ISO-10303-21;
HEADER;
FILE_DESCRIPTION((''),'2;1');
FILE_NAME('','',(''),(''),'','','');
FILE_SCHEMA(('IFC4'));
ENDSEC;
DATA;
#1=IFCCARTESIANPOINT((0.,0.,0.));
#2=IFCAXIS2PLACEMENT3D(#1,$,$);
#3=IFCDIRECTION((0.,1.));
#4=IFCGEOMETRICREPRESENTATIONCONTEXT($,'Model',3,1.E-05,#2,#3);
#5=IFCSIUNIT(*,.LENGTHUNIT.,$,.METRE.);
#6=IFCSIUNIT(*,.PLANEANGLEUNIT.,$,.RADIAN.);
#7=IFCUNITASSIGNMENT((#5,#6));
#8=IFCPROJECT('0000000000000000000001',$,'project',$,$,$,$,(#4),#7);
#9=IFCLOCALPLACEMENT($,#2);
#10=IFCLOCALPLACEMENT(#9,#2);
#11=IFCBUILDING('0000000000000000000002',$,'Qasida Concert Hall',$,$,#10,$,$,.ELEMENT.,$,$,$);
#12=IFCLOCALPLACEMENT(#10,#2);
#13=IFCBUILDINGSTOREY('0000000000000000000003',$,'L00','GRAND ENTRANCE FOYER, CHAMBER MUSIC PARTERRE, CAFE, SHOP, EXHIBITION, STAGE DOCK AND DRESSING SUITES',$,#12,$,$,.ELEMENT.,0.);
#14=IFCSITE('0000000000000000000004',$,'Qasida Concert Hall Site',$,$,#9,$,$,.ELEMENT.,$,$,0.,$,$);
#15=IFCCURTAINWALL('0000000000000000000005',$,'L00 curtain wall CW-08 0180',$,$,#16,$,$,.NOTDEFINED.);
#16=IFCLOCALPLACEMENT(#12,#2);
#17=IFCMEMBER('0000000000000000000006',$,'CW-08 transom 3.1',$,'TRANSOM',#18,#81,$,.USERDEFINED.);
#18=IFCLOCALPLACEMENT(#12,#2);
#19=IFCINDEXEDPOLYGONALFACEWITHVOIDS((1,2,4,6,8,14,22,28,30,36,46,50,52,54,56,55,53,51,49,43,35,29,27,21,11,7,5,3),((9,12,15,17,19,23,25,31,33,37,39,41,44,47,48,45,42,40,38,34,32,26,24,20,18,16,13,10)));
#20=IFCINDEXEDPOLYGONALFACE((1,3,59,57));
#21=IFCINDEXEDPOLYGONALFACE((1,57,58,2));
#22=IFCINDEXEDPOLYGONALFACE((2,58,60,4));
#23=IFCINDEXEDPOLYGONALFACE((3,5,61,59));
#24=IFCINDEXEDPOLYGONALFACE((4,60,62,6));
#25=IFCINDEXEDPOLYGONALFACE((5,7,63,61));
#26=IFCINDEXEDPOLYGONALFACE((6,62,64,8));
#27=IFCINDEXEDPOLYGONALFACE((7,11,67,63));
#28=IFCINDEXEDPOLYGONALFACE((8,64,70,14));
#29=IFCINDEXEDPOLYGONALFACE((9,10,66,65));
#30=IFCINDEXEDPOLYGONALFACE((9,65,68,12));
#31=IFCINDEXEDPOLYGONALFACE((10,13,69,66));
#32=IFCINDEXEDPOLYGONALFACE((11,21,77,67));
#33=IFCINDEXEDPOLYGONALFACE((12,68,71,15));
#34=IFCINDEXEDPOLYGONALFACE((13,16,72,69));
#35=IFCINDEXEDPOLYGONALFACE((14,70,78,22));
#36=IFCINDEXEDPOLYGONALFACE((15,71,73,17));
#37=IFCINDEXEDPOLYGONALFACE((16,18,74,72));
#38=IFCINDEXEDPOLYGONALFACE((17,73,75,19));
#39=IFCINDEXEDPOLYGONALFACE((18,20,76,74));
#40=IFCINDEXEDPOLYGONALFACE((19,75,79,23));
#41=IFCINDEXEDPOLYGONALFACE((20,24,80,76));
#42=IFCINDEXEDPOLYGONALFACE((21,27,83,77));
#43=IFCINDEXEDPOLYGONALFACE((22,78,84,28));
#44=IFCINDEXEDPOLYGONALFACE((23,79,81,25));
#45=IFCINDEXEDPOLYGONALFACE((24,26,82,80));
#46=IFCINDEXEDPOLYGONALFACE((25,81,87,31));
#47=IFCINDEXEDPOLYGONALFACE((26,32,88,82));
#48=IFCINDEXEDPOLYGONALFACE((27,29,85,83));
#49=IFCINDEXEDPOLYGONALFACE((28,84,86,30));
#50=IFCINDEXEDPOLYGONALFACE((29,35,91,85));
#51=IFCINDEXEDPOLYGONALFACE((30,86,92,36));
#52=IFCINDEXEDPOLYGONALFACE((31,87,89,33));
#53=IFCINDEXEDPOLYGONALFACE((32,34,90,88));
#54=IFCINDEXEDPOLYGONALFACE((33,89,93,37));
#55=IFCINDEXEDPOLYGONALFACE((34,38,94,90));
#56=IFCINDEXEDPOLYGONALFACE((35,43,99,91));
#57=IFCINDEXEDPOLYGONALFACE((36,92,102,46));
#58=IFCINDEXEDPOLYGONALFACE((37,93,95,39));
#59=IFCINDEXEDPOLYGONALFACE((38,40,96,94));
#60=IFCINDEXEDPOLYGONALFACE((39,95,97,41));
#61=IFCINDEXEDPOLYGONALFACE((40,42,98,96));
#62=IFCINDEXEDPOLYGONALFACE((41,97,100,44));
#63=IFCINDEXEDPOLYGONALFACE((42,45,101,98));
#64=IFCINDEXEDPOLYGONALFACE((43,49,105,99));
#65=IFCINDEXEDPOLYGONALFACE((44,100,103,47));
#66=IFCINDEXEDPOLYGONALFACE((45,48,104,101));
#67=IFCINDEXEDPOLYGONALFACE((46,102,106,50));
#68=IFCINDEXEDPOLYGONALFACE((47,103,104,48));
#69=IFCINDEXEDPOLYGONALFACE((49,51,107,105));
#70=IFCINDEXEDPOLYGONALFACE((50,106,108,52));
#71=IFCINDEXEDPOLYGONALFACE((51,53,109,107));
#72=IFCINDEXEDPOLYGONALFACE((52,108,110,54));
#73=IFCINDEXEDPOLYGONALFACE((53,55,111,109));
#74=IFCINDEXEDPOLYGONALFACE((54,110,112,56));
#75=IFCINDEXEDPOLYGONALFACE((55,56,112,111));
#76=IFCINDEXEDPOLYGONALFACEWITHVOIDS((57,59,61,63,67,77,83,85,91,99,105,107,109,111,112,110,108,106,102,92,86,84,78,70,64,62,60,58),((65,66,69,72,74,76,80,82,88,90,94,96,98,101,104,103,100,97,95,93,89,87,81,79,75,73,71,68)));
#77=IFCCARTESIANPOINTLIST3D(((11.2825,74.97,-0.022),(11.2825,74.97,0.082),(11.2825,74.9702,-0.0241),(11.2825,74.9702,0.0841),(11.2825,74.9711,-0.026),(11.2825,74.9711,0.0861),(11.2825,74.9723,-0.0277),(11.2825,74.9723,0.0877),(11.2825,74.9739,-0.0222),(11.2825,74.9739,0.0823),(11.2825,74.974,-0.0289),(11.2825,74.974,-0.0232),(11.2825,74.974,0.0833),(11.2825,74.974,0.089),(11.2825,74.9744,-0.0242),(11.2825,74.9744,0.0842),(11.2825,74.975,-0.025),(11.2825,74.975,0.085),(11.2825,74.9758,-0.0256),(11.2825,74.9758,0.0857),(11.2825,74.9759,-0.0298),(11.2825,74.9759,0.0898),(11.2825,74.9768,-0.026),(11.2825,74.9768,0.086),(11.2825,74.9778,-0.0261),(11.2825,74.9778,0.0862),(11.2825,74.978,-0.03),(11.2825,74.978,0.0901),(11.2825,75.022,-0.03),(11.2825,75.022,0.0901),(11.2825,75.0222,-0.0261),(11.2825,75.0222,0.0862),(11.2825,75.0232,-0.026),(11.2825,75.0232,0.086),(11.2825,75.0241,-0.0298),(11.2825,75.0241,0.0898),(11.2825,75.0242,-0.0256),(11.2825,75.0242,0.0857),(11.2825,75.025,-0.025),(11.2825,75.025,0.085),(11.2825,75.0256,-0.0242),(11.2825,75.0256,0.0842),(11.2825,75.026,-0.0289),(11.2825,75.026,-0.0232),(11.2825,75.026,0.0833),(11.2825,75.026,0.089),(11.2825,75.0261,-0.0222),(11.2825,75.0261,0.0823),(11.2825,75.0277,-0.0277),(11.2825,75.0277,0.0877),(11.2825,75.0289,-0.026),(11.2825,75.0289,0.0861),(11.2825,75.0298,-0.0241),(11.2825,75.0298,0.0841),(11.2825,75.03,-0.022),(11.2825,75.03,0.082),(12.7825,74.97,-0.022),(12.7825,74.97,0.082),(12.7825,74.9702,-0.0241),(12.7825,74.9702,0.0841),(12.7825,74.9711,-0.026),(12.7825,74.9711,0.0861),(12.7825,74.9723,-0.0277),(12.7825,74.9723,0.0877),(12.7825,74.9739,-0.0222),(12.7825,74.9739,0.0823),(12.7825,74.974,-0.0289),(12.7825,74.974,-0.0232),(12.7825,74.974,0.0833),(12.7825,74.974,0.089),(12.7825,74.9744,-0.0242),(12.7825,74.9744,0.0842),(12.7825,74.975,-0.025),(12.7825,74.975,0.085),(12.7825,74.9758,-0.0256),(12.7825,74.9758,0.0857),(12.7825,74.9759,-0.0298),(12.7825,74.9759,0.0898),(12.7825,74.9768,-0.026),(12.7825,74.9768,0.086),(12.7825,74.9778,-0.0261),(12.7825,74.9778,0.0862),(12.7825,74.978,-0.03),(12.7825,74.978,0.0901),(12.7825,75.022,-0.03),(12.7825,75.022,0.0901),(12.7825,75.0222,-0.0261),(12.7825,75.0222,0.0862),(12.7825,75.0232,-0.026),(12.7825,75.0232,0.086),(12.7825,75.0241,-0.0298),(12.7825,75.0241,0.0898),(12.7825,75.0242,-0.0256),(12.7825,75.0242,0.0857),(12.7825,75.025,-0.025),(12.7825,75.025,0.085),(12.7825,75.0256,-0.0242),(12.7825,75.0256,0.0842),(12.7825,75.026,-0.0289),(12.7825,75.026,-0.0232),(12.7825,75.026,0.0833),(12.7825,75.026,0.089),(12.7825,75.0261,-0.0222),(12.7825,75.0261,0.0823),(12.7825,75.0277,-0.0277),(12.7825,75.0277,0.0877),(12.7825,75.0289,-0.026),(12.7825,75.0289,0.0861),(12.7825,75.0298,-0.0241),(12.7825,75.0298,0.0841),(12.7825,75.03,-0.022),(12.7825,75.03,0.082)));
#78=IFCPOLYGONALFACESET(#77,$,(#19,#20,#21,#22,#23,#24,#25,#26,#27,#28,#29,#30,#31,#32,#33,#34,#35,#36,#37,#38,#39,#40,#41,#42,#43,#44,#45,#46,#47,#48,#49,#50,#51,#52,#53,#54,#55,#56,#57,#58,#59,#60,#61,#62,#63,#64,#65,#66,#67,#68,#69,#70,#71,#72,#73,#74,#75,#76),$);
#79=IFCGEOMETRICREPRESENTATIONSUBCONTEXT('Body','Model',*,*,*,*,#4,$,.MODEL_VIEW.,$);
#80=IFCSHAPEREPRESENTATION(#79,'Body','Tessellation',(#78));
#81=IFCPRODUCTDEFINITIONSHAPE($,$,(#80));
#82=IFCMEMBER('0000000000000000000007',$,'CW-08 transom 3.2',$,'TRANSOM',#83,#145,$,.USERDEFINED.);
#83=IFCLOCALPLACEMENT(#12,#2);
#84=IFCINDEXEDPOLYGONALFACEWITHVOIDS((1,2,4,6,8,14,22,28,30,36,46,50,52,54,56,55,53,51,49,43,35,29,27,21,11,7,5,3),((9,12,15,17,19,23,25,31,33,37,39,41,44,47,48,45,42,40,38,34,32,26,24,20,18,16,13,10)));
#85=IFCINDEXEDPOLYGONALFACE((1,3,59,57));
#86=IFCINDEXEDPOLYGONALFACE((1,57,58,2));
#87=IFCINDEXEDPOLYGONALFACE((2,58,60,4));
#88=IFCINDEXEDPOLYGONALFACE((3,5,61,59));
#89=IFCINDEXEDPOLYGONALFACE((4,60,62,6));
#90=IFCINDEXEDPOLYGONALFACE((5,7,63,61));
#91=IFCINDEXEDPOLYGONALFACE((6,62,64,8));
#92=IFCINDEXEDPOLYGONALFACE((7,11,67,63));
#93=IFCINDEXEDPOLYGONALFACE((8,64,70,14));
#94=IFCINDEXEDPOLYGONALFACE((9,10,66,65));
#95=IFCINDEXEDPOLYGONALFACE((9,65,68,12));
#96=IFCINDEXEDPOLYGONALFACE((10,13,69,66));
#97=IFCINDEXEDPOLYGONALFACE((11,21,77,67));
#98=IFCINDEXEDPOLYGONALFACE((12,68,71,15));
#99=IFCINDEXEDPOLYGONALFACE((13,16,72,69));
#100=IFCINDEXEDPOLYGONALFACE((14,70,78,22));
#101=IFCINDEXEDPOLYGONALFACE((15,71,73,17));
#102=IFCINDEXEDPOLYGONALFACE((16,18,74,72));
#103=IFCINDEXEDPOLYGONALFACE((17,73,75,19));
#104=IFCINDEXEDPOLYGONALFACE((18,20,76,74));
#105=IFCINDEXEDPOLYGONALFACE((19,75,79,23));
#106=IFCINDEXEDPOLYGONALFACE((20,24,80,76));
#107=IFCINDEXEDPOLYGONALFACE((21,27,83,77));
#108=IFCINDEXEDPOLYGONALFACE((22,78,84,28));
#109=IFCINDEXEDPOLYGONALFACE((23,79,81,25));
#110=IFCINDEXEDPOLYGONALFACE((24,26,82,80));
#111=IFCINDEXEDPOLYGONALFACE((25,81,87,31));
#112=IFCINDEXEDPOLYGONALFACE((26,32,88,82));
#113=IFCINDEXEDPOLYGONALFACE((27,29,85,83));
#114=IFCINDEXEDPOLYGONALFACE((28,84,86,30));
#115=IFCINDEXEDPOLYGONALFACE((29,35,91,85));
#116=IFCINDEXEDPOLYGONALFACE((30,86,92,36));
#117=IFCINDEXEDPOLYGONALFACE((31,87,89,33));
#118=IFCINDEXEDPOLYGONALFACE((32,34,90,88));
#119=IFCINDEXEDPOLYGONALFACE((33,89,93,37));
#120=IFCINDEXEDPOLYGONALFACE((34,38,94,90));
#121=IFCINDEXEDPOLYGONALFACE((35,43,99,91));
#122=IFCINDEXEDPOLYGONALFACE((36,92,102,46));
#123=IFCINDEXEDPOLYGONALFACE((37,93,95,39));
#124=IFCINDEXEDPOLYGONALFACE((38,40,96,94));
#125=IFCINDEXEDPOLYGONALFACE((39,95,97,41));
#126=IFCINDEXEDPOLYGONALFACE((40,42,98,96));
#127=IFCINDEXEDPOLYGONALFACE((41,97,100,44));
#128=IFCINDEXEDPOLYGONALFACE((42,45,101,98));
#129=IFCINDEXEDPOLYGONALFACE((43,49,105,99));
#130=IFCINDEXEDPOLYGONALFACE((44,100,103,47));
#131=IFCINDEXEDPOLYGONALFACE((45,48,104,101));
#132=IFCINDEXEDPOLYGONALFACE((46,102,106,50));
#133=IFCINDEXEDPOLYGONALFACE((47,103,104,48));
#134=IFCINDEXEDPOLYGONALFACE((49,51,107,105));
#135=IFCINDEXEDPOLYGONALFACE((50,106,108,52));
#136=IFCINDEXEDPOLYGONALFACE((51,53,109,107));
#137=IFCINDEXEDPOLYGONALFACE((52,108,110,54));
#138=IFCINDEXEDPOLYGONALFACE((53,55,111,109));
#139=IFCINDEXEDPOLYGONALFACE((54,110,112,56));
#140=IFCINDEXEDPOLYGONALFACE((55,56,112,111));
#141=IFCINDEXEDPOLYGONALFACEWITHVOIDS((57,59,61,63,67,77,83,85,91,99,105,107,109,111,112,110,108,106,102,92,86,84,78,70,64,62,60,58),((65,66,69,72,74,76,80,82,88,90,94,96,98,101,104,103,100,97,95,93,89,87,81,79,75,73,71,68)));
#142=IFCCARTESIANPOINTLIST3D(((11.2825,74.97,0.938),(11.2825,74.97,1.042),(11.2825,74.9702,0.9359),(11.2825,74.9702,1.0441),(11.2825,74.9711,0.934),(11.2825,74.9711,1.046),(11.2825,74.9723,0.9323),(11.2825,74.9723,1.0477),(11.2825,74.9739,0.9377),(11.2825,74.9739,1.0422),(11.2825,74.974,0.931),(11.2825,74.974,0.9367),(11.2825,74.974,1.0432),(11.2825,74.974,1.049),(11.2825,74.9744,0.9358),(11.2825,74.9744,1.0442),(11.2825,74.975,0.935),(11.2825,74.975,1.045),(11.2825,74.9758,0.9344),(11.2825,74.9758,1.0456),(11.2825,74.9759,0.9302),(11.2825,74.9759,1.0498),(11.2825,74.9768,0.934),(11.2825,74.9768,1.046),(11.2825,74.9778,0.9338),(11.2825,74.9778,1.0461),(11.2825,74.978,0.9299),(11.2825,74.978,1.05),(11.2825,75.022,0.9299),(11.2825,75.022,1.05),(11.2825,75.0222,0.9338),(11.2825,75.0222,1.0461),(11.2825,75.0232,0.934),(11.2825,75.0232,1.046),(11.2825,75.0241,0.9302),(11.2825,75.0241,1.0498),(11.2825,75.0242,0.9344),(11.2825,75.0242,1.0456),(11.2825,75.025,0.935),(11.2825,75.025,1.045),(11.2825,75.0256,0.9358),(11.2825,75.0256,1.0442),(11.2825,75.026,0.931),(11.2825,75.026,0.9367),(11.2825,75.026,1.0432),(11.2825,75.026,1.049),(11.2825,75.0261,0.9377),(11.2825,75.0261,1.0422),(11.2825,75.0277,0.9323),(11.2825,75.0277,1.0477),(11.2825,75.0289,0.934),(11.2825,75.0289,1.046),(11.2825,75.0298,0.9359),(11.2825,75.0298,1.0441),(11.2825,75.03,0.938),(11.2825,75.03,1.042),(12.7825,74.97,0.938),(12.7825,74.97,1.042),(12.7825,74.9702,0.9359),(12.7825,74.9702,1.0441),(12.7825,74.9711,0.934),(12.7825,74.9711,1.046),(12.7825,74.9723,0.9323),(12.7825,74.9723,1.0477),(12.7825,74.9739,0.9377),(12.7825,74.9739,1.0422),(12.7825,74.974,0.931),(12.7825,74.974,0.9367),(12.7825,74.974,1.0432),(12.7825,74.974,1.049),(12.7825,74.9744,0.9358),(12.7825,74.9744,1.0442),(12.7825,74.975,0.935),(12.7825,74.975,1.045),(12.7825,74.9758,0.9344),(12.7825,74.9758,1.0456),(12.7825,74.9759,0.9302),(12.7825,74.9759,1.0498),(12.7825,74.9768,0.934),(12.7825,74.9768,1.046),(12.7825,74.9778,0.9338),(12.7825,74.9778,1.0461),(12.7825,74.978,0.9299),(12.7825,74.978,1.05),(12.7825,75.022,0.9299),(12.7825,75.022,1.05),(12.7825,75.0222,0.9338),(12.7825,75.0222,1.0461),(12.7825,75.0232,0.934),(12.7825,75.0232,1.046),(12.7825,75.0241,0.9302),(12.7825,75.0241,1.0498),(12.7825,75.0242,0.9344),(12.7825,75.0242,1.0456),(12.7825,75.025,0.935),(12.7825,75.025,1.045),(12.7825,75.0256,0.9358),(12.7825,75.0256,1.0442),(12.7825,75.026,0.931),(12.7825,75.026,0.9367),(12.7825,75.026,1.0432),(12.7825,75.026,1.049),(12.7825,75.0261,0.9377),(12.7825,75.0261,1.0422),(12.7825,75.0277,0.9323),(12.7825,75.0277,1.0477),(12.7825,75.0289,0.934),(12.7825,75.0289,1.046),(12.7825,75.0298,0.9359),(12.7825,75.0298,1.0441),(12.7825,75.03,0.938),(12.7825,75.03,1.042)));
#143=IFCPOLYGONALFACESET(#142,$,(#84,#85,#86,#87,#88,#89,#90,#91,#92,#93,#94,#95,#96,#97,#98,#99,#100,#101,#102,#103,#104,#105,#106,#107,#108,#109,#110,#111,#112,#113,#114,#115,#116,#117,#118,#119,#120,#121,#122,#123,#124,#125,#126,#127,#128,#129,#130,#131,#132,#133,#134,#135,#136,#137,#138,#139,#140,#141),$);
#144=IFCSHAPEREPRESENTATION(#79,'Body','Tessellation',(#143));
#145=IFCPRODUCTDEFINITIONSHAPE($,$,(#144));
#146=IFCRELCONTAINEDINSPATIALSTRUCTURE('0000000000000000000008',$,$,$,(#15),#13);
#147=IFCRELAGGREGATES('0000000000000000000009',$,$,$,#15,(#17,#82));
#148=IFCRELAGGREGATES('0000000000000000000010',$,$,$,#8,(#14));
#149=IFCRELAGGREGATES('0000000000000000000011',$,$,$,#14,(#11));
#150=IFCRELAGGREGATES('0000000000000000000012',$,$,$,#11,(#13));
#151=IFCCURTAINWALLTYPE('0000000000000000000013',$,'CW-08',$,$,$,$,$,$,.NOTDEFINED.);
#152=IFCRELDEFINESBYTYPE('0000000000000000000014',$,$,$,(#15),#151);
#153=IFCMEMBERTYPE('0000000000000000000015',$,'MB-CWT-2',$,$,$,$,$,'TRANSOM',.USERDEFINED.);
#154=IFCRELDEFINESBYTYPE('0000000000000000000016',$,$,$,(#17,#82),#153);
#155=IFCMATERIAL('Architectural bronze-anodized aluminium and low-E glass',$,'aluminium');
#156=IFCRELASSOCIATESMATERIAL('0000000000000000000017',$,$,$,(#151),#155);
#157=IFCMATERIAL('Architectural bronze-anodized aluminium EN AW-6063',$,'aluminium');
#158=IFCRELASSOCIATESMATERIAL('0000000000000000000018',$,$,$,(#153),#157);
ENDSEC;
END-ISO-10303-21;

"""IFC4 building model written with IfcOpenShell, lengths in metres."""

from ifc_helpers import new_model, si_unit, direction, frame, origin, origin_2d, place, context, subcontext, project, spatial, hollow_rectangle, extrude, material, material_profile, profile_set, type_object, element, aggregate, save


model = new_model("IFC4")

# Units and contexts
model_context = context("Model", 3, precision=1e-05, world=origin(), true_north=direction((0.0, 1.0)))
body_context = subcontext(model_context, "Body", "Model", "MODEL_VIEW")
ifc_project = project(units=[si_unit("LENGTHUNIT", "METRE"), si_unit("PLANEANGLEUNIT", "RADIAN")], contexts=[model_context])

# Site, building, storey
site_placement = place(None, origin())
site = spatial("IfcSite", under=ifc_project, at=site_placement, Name="Qasida Concert Hall Site", CompositionType="ELEMENT", RefElevation=0.0)
building_placement = place(site_placement, origin())
building = spatial("IfcBuilding", under=site, at=building_placement, Name="Qasida Concert Hall", CompositionType="ELEMENT")
storey_placement = place(building_placement, origin())
storey = spatial("IfcBuildingStorey", under=building, at=storey_placement, Name="L00", Description="GRAND ENTRANCE FOYER, CHAMBER MUSIC PARTERRE, CAFE, SHOP, EXHIBITION, STAGE DOCK AND DRESSING SUITES", CompositionType="ELEMENT", Elevation=0.0)

# Curtain wall, members
ifc_material_1 = material(Name="Architectural bronze-anodized aluminium and low-E glass", Category="aluminium")
curtain_wall_type = type_object("IfcCurtainWallType", Name="CW-08", PredefinedType="NOTDEFINED", material=ifc_material_1)
curtain_wall_placement = place(storey_placement, origin())
curtain_wall = element("IfcCurtainWall", 1, at=curtain_wall_placement, inside=storey, type_object=curtain_wall_type, Name="L00 curtain wall CW-08 0180", PredefinedType="NOTDEFINED")
ifc_material_2 = material(Name="Architectural bronze-anodized aluminium EN AW-6063", Category="aluminium")
ifc_material_profile_1 = material_profile(ifc_material_2, hollow_rectangle(XDim=0.0601, YDim=0.1201, WallThickness=0.0039, InnerFilletRadius=0.0039, OuterFilletRadius=0.0081, at=origin_2d()), Name="CWT 120x60x4")
ifc_profile_set_1 = profile_set([ifc_material_profile_1], Name="Architectural bronze-anodized aluminium EN AW-6063")
member_type_1 = type_object("IfcMemberType", Name="MB-CWT-2", ElementType="TRANSOM", PredefinedType="USERDEFINED", material=ifc_profile_set_1)
member_1_placement = place(storey_placement, frame((11.2825, 75.0, 0.03), z_axis=(1.0, 0.0, 0.0), x_axis=(0.0, 1.0, 0.0)))
member_1 = element("IfcMember", 2, at=member_1_placement, type_object=member_type_1, Name="CW-08 transom 3.1", ObjectType="TRANSOM", PredefinedType="USERDEFINED", context=body_context, shape_type="SweptSolid", body=[
    extrude(hollow_rectangle(XDim=0.0601, YDim=0.1201, WallThickness=0.0039, InnerFilletRadius=0.0039, OuterFilletRadius=0.0081, at=origin_2d()), origin(), (0.0, 0.0, 1.0), 1.5),
])
member_2_placement = place(storey_placement, frame((11.2825, 75.0, 0.99), z_axis=(1.0, 0.0, 0.0), x_axis=(0.0, 1.0, 0.0)))
member_2 = element("IfcMember", 3, at=member_2_placement, type_object=member_type_1, Name="CW-08 transom 3.2", ObjectType="TRANSOM", PredefinedType="USERDEFINED", context=body_context, shape_type="SweptSolid", body=[
    extrude(hollow_rectangle(XDim=0.0601, YDim=0.1201, WallThickness=0.0039, InnerFilletRadius=0.0039, OuterFilletRadius=0.0081, at=origin_2d()), origin(), (0.0, 0.0, 1.0), 1.5),
])
aggregate(curtain_wall, [member_1, member_2])

save(model, "model.ifc")
